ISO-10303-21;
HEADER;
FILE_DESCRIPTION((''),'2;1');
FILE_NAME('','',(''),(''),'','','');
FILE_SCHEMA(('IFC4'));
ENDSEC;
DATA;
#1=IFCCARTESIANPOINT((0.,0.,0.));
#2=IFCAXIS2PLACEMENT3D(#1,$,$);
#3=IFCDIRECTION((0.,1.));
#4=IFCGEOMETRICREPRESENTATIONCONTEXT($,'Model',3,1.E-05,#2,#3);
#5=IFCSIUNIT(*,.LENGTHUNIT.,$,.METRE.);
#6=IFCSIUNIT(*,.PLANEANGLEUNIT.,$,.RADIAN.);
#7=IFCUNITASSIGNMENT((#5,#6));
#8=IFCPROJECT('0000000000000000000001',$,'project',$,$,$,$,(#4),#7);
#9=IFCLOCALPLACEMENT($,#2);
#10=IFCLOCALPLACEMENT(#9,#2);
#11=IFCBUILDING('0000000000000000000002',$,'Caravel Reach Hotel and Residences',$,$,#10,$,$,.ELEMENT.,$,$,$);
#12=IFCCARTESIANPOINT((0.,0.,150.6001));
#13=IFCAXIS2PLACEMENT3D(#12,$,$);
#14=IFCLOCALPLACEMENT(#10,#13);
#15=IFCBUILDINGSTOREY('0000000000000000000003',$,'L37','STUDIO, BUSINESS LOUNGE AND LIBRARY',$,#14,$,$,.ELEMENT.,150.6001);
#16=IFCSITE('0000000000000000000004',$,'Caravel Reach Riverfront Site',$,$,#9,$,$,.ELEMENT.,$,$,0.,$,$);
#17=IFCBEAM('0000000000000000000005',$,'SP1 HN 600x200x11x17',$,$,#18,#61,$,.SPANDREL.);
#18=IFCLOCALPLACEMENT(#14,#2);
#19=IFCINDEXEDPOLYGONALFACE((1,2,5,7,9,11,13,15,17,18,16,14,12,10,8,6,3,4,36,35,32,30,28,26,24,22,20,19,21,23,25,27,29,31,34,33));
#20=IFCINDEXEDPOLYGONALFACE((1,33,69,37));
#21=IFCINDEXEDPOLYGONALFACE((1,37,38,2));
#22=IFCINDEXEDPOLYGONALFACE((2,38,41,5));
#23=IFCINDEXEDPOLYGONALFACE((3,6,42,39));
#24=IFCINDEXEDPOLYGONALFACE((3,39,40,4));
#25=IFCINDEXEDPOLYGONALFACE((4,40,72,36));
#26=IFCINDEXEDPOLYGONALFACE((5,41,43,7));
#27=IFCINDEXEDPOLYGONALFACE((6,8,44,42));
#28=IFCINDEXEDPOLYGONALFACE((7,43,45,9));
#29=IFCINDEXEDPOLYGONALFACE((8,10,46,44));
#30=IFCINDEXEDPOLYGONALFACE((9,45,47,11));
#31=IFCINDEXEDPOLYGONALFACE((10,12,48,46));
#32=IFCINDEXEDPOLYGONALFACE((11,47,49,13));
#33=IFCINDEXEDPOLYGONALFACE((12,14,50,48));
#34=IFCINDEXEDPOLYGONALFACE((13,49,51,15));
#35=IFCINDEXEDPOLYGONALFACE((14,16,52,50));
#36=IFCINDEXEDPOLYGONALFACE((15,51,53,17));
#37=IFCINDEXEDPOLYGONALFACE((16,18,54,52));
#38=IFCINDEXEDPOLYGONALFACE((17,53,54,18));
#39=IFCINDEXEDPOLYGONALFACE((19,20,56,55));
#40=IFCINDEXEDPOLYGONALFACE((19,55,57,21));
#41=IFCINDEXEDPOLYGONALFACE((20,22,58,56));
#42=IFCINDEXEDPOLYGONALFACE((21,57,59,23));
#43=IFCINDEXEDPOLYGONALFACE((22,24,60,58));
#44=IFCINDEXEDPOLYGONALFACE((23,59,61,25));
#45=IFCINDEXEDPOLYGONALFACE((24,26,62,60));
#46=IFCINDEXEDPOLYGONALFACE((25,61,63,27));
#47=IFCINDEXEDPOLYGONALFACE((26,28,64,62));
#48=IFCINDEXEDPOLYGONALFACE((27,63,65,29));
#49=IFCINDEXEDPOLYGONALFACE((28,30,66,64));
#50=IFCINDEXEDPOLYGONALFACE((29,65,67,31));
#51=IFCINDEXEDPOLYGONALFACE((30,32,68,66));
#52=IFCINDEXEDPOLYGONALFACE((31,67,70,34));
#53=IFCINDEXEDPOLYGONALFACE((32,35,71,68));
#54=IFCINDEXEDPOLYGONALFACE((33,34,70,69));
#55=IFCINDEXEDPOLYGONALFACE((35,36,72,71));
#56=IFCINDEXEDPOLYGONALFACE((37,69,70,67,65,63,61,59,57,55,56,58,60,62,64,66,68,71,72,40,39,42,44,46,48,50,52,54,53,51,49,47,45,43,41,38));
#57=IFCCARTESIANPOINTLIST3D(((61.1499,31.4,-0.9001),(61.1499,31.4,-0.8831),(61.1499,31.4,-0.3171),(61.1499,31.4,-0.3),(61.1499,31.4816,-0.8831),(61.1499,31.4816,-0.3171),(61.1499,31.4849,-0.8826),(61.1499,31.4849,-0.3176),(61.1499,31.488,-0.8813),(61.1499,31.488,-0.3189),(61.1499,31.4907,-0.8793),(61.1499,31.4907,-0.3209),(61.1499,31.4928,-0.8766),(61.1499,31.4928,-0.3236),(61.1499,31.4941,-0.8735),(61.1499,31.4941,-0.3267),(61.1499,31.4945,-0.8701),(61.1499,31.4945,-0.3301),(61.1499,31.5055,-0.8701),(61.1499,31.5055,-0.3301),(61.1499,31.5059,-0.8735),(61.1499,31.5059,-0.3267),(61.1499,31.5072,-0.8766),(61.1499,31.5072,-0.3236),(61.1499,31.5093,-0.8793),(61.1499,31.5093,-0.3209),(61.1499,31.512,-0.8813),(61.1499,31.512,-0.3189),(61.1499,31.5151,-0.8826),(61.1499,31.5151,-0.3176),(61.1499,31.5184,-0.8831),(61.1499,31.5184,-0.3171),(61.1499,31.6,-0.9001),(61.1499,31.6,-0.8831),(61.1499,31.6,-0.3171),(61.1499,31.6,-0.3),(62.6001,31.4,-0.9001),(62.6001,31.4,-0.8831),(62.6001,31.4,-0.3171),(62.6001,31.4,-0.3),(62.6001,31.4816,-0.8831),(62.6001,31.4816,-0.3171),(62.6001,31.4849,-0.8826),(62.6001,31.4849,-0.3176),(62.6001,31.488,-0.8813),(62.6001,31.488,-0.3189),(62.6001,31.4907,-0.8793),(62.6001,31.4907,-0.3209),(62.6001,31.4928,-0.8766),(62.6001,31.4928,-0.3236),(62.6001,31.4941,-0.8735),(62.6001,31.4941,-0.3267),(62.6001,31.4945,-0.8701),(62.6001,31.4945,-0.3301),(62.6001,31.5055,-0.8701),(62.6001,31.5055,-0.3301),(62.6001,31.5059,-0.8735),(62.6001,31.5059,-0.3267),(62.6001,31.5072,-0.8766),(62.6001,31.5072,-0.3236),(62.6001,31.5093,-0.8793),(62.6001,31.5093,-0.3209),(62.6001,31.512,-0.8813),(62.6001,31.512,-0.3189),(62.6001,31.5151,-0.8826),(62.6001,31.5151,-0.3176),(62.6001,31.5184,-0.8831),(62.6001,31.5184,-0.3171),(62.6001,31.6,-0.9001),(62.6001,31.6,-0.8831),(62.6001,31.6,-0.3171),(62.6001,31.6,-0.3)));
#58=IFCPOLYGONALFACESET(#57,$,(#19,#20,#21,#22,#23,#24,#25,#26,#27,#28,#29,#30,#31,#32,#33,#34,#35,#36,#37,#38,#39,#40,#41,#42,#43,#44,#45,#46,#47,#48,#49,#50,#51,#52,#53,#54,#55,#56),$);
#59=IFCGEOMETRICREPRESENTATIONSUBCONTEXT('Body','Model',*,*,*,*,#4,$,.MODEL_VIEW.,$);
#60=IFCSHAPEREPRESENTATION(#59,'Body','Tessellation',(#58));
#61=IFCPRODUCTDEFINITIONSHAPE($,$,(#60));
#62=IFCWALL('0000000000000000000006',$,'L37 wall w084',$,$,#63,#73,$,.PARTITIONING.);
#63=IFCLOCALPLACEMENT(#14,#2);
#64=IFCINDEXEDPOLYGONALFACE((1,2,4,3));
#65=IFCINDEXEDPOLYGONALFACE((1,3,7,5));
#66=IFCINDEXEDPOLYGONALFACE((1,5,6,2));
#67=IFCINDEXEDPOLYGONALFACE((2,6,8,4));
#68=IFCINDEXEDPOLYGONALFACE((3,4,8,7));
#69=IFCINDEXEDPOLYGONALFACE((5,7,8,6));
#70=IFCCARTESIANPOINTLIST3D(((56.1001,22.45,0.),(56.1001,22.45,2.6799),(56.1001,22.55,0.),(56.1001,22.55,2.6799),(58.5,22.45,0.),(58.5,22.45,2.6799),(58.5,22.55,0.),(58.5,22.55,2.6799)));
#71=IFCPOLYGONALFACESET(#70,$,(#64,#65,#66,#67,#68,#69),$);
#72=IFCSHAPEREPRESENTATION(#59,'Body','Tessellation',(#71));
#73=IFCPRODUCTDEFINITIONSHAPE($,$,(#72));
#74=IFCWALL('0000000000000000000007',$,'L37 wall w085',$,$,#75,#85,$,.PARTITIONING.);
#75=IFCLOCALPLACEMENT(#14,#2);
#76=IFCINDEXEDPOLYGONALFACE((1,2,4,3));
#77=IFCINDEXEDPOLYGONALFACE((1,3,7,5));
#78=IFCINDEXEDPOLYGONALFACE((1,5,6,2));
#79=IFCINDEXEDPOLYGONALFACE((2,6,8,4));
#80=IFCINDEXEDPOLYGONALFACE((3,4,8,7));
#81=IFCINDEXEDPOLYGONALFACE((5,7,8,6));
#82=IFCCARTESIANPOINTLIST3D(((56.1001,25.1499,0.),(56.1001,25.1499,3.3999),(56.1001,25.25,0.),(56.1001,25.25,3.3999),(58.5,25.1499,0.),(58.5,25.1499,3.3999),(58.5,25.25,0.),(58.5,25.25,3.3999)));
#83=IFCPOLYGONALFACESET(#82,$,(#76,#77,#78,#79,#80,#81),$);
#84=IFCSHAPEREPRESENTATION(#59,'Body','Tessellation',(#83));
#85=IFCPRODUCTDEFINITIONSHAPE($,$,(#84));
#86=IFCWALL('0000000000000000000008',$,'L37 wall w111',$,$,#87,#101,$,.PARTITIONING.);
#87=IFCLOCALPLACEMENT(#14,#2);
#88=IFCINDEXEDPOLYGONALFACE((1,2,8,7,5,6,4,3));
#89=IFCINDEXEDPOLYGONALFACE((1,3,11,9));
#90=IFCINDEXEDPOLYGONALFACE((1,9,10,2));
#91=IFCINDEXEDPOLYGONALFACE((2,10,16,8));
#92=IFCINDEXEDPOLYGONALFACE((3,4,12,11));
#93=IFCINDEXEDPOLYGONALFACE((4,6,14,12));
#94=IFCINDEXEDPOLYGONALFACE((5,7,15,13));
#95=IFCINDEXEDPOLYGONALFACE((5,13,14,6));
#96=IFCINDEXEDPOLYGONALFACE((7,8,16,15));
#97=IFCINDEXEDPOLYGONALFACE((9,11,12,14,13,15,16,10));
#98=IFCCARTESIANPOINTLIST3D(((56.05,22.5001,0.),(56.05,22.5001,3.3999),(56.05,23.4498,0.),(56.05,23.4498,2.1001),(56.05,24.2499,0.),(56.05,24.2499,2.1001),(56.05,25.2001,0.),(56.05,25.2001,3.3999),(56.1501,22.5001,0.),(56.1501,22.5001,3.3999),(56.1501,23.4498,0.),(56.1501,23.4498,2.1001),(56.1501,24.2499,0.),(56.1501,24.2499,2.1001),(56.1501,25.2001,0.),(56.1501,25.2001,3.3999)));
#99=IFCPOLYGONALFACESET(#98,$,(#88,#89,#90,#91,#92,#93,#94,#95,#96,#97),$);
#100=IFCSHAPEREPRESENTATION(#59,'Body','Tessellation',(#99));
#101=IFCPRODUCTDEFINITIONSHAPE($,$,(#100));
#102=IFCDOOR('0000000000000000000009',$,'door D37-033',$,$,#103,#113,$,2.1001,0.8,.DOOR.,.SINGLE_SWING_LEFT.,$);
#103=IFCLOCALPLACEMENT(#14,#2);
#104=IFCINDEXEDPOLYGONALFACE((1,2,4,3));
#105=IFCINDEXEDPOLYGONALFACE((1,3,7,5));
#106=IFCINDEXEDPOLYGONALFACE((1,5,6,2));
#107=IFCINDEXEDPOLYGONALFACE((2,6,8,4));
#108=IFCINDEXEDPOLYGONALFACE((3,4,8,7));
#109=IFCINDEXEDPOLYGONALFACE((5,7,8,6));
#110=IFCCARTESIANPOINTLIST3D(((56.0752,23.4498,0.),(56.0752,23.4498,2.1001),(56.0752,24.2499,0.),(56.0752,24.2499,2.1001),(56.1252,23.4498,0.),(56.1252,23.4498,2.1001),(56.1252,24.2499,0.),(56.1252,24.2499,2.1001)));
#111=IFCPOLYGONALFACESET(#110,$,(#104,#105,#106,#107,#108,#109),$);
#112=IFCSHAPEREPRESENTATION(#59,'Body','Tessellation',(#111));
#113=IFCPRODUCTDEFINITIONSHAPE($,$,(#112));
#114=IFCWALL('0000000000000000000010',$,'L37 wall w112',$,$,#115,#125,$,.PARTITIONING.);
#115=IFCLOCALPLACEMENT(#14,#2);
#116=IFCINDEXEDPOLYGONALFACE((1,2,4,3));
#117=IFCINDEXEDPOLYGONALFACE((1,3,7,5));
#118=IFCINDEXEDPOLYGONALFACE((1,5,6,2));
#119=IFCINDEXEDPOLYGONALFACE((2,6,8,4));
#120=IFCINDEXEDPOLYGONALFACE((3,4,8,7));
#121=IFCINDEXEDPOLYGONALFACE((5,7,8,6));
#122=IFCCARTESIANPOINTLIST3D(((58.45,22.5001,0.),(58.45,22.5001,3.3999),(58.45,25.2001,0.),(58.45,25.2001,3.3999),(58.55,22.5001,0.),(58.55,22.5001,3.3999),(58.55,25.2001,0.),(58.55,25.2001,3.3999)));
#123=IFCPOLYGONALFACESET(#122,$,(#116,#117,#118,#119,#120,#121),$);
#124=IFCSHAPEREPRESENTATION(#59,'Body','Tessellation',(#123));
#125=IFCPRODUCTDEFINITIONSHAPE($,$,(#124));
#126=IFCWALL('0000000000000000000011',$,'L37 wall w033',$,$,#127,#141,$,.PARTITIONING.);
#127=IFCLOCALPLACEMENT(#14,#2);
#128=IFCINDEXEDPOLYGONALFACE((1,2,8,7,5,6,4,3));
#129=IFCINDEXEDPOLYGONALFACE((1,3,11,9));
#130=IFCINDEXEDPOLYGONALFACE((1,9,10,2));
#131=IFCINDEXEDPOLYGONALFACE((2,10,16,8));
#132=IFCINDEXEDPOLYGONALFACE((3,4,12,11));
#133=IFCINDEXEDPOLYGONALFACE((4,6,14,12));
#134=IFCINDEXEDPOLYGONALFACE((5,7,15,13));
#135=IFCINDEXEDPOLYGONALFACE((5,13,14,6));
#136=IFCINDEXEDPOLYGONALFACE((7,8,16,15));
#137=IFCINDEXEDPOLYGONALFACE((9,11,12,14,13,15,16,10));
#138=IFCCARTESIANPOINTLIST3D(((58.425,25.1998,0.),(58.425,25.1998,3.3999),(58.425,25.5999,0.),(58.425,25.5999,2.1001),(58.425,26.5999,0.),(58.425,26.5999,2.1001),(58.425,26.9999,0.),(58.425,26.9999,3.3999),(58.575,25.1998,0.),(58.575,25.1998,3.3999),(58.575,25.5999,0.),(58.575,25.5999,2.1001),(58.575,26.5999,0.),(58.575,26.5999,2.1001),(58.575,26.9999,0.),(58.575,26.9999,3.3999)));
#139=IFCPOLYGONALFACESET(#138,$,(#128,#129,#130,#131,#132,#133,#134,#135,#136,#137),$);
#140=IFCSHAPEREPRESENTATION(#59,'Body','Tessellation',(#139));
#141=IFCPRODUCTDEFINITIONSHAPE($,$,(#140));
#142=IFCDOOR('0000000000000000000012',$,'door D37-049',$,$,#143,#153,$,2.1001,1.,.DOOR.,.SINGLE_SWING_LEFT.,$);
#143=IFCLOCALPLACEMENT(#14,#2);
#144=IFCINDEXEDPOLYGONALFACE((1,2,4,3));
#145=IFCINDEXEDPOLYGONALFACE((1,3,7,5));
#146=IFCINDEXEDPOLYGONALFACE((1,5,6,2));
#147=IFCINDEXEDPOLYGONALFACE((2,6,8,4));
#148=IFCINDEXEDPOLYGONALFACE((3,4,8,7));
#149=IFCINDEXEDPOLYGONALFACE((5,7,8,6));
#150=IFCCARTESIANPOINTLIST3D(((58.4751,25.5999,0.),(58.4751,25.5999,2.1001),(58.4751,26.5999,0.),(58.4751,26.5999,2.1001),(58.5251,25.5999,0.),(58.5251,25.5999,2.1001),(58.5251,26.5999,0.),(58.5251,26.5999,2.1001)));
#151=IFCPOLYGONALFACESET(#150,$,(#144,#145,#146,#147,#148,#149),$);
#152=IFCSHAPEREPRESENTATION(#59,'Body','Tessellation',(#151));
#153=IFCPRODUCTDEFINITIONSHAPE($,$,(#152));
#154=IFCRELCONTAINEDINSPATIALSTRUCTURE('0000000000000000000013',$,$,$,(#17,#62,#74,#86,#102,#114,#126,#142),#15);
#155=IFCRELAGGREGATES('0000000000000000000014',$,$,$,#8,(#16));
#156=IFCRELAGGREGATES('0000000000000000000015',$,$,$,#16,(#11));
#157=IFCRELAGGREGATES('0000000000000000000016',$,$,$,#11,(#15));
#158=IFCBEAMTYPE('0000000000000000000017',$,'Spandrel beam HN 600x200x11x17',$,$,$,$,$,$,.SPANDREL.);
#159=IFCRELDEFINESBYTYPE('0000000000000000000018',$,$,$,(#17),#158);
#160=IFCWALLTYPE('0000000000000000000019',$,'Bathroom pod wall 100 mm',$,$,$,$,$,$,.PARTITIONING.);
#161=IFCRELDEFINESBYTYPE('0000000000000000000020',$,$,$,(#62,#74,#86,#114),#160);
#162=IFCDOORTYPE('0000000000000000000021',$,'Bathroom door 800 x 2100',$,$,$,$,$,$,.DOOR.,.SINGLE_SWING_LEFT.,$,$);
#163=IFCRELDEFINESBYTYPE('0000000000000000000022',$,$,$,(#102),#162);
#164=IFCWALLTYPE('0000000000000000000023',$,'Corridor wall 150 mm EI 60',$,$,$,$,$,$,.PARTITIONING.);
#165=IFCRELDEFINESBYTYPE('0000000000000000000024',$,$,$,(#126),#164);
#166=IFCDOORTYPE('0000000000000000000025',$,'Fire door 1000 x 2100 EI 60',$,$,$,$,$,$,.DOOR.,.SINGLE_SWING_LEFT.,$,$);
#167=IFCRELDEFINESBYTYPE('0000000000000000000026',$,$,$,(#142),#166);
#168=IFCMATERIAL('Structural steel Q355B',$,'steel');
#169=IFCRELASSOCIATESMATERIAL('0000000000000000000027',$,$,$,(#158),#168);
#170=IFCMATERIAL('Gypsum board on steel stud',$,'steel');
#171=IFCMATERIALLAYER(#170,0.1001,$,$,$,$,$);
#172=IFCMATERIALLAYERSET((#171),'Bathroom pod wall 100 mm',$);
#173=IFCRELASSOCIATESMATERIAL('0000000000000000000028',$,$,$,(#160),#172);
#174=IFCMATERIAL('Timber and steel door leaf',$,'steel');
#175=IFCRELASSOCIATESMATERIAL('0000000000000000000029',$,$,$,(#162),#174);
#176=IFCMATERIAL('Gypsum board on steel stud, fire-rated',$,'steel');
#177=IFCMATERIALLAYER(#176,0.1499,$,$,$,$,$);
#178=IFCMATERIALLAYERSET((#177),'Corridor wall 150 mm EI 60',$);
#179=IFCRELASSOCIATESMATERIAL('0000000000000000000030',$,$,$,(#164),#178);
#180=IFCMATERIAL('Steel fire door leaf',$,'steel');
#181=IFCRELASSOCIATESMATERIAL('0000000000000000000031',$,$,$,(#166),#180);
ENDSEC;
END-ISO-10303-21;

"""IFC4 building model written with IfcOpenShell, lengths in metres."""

from ifc_helpers import new_model, si_unit, direction, frame, frame_2d, origin, origin_2d, place, context, subcontext, project, spatial, rectangle, i_section, extrude, material, layer, layer_set, material_profile, profile_set, type_object, element, fill, save


model = new_model("IFC4")

# Units and contexts
model_context = context("Model", 3, precision=1e-05, world=origin(), true_north=direction((0.0, 1.0)))
body_context = subcontext(model_context, "Body", "Model", "MODEL_VIEW")
ifc_project = project(units=[si_unit("LENGTHUNIT", "METRE"), si_unit("PLANEANGLEUNIT", "RADIAN")], contexts=[model_context])

# Site, building, storey
site_placement = place(None, origin())
site = spatial("IfcSite", under=ifc_project, at=site_placement, Name="Caravel Reach Riverfront Site", CompositionType="ELEMENT", RefElevation=0.0)
building_placement = place(site_placement, origin())
building = spatial("IfcBuilding", under=site, at=building_placement, Name="Caravel Reach Hotel and Residences", CompositionType="ELEMENT")
storey_placement = place(building_placement, frame((0.0, 0.0, 150.6001)))
storey = spatial("IfcBuildingStorey", under=building, at=storey_placement, Name="L37", Description="STUDIO, BUSINESS LOUNGE AND LIBRARY", CompositionType="ELEMENT", Elevation=150.6001)

# Beam
ifc_material_1 = material(Name="Structural steel Q355B", Category="steel")
ifc_material_profile_1 = material_profile(ifc_material_1, i_section(OverallWidth=0.2, OverallDepth=0.6001, WebThickness=0.011, FlangeThickness=0.0171, FilletRadius=0.0129, at=origin_2d()), Name="HN 600x200x11x17")
ifc_profile_set_1 = profile_set([ifc_material_profile_1], Name="Structural steel Q355B")
beam_type_1 = type_object("IfcBeamType", Name="Spandrel beam HN 600x200x11x17", PredefinedType="SPANDREL", material=ifc_profile_set_1)
beam_1_placement = place(storey_placement, frame((62.6001, 31.5, -0.6001), z_axis=(-1.0, 0.0, 0.0), x_axis=(0.0, -1.0, 0.0)))
element("IfcBeam", 1, at=beam_1_placement, inside=storey, type_object=beam_type_1, Name="SP1 HN 600x200x11x17", PredefinedType="SPANDREL", context=body_context, shape_type="SweptSolid", body=[
    extrude(i_section(OverallWidth=0.2, OverallDepth=0.6001, WebThickness=0.011, FlangeThickness=0.0171, FilletRadius=0.0129, at=origin_2d()), origin(), (0.0, 0.0, 1.0), 1.4502),
])

# Walls
ifc_material_2 = material(Name="Gypsum board on steel stud", Category="steel")
ifc_layer_1 = layer(ifc_material_2, 0.1001)
ifc_layer_set_1 = layer_set([ifc_layer_1], Name="Bathroom pod wall 100 mm")
wall_type_1 = type_object("IfcWallType", Name="Bathroom pod wall 100 mm", PredefinedType="PARTITIONING", material=ifc_layer_set_1)
wall_1_placement = place(storey_placement, frame((56.1001, 22.5, 0.0), z_axis=(0.0, 0.0, 1.0), x_axis=(1.0, 0.0, 0.0)))
element("IfcWall", 2, at=wall_1_placement, inside=storey, type_object=wall_type_1, Name="L37 wall w084", PredefinedType="PARTITIONING", context=body_context, shape_type="SweptSolid", body=[
    extrude(rectangle(XDim=2.3999, YDim=0.1001, at=frame_2d((1.2, 0.0))), origin(), (0.0, 0.0, 1.0), 2.6799),
])
wall_2_placement = place(storey_placement, frame((56.1001, 25.2, 0.0), z_axis=(0.0, 0.0, 1.0), x_axis=(1.0, 0.0, 0.0)))
element("IfcWall", 3, at=wall_2_placement, inside=storey, type_object=wall_type_1, Name="L37 wall w085", PredefinedType="PARTITIONING", context=body_context, shape_type="SweptSolid", body=[
    extrude(rectangle(XDim=2.3999, YDim=0.1001, at=frame_2d((1.2, 0.0))), origin(), (0.0, 0.0, 1.0), 3.3999),
])

# Wall, opening, door
wall_3_placement = place(storey_placement, frame((56.1001, 22.5, 0.0), z_axis=(0.0, 0.0, 1.0), x_axis=(0.0, 1.0, 0.0)))
wall_3 = element("IfcWall", 4, at=wall_3_placement, inside=storey, type_object=wall_type_1, Name="L37 wall w111", PredefinedType="PARTITIONING", context=body_context, shape_type="SweptSolid", body=[
    extrude(rectangle(XDim=2.7, YDim=0.1001, at=frame_2d((1.3501, 0.0))), origin(), (0.0, 0.0, 1.0), 3.3999),
])
opening_1_placement = place(wall_3_placement, frame((0.95, 0.0, 0.0)))
opening_1 = element("IfcOpeningElement", 5, at=opening_1_placement, cuts=wall_3, PredefinedType="OPENING", context=body_context, shape_type="SweptSolid", body=[
    extrude(rectangle(XDim=0.8, YDim=2.1001, at=frame_2d((0.3999, 1.05))), frame((0.0, 0.0601, 0.0), z_axis=(0.0, -1.0, 0.0), x_axis=(1.0, 0.0, 0.0)), (0.0, 0.0, 1.0), 0.1201),
])
ifc_material_3 = material(Name="Timber and steel door leaf", Category="steel")
door_type_1 = type_object("IfcDoorType", Name="Bathroom door 800 x 2100", OperationType="SINGLE_SWING_LEFT", PredefinedType="DOOR", material=ifc_material_3)
door_1_placement = place(opening_1_placement, origin())
door_1 = element("IfcDoor", 6, at=door_1_placement, inside=storey, type_object=door_type_1, Name="door D37-033", OperationType="SINGLE_SWING_LEFT", OverallHeight=2.1001, OverallWidth=0.8, PredefinedType="DOOR", context=body_context, shape_type="SweptSolid", body=[
    extrude(rectangle(XDim=0.8, YDim=2.1001, at=frame_2d((0.3999, 1.05))), frame((0.0, 0.0249, 0.0), z_axis=(0.0, -1.0, 0.0), x_axis=(1.0, 0.0, 0.0)), (0.0, 0.0, 1.0), 0.05),
])
fill(opening_1, door_1)

# Wall
wall_4_placement = place(storey_placement, frame((58.5, 22.5, 0.0), z_axis=(0.0, 0.0, 1.0), x_axis=(0.0, 1.0, 0.0)))
element("IfcWall", 7, at=wall_4_placement, inside=storey, type_object=wall_type_1, Name="L37 wall w112", PredefinedType="PARTITIONING", context=body_context, shape_type="SweptSolid", body=[
    extrude(rectangle(XDim=2.7, YDim=0.1001, at=frame_2d((1.3501, 0.0))), origin(), (0.0, 0.0, 1.0), 3.3999),
])

# Wall, opening, door
ifc_material_4 = material(Name="Gypsum board on steel stud, fire-rated", Category="steel")
ifc_layer_2 = layer(ifc_material_4, 0.1499)
ifc_layer_set_2 = layer_set([ifc_layer_2], Name="Corridor wall 150 mm EI 60")
wall_type_2 = type_object("IfcWallType", Name="Corridor wall 150 mm EI 60", PredefinedType="PARTITIONING", material=ifc_layer_set_2)
wall_5_placement = place(storey_placement, frame((58.5, 25.2, 0.0), z_axis=(0.0, 0.0, 1.0), x_axis=(0.0, 1.0, 0.0)))
wall_5 = element("IfcWall", 8, at=wall_5_placement, inside=storey, type_object=wall_type_2, Name="L37 wall w033", PredefinedType="PARTITIONING", context=body_context, shape_type="SweptSolid", body=[
    extrude(rectangle(XDim=1.8, YDim=0.1499, at=frame_2d((0.8999, 0.0))), origin(), (0.0, 0.0, 1.0), 3.3999),
])
opening_2_placement = place(wall_5_placement, frame((0.3999, 0.0, 0.0)))
opening_2 = element("IfcOpeningElement", 9, at=opening_2_placement, cuts=wall_5, PredefinedType="OPENING", context=body_context, shape_type="SweptSolid", body=[
    extrude(rectangle(XDim=1.0, YDim=2.1001, at=frame_2d((0.5, 1.05))), frame((0.0, 0.085, 0.0), z_axis=(0.0, -1.0, 0.0), x_axis=(1.0, 0.0, 0.0)), (0.0, 0.0, 1.0), 0.1699),
])
ifc_material_5 = material(Name="Steel fire door leaf", Category="steel")
door_type_2 = type_object("IfcDoorType", Name="Fire door 1000 x 2100 EI 60", OperationType="SINGLE_SWING_LEFT", PredefinedType="DOOR", material=ifc_material_5)
door_2_placement = place(opening_2_placement, origin())
door_2 = element("IfcDoor", 10, at=door_2_placement, inside=storey, type_object=door_type_2, Name="door D37-049", OperationType="SINGLE_SWING_LEFT", OverallHeight=2.1001, OverallWidth=1.0, PredefinedType="DOOR", context=body_context, shape_type="SweptSolid", body=[
    extrude(rectangle(XDim=1.0, YDim=2.1001, at=frame_2d((0.5, 1.05))), frame((0.0, 0.0249, 0.0), z_axis=(0.0, -1.0, 0.0), x_axis=(1.0, 0.0, 0.0)), (0.0, 0.0, 1.0), 0.05),
])
fill(opening_2, door_2)

save(model, "model.ifc")
